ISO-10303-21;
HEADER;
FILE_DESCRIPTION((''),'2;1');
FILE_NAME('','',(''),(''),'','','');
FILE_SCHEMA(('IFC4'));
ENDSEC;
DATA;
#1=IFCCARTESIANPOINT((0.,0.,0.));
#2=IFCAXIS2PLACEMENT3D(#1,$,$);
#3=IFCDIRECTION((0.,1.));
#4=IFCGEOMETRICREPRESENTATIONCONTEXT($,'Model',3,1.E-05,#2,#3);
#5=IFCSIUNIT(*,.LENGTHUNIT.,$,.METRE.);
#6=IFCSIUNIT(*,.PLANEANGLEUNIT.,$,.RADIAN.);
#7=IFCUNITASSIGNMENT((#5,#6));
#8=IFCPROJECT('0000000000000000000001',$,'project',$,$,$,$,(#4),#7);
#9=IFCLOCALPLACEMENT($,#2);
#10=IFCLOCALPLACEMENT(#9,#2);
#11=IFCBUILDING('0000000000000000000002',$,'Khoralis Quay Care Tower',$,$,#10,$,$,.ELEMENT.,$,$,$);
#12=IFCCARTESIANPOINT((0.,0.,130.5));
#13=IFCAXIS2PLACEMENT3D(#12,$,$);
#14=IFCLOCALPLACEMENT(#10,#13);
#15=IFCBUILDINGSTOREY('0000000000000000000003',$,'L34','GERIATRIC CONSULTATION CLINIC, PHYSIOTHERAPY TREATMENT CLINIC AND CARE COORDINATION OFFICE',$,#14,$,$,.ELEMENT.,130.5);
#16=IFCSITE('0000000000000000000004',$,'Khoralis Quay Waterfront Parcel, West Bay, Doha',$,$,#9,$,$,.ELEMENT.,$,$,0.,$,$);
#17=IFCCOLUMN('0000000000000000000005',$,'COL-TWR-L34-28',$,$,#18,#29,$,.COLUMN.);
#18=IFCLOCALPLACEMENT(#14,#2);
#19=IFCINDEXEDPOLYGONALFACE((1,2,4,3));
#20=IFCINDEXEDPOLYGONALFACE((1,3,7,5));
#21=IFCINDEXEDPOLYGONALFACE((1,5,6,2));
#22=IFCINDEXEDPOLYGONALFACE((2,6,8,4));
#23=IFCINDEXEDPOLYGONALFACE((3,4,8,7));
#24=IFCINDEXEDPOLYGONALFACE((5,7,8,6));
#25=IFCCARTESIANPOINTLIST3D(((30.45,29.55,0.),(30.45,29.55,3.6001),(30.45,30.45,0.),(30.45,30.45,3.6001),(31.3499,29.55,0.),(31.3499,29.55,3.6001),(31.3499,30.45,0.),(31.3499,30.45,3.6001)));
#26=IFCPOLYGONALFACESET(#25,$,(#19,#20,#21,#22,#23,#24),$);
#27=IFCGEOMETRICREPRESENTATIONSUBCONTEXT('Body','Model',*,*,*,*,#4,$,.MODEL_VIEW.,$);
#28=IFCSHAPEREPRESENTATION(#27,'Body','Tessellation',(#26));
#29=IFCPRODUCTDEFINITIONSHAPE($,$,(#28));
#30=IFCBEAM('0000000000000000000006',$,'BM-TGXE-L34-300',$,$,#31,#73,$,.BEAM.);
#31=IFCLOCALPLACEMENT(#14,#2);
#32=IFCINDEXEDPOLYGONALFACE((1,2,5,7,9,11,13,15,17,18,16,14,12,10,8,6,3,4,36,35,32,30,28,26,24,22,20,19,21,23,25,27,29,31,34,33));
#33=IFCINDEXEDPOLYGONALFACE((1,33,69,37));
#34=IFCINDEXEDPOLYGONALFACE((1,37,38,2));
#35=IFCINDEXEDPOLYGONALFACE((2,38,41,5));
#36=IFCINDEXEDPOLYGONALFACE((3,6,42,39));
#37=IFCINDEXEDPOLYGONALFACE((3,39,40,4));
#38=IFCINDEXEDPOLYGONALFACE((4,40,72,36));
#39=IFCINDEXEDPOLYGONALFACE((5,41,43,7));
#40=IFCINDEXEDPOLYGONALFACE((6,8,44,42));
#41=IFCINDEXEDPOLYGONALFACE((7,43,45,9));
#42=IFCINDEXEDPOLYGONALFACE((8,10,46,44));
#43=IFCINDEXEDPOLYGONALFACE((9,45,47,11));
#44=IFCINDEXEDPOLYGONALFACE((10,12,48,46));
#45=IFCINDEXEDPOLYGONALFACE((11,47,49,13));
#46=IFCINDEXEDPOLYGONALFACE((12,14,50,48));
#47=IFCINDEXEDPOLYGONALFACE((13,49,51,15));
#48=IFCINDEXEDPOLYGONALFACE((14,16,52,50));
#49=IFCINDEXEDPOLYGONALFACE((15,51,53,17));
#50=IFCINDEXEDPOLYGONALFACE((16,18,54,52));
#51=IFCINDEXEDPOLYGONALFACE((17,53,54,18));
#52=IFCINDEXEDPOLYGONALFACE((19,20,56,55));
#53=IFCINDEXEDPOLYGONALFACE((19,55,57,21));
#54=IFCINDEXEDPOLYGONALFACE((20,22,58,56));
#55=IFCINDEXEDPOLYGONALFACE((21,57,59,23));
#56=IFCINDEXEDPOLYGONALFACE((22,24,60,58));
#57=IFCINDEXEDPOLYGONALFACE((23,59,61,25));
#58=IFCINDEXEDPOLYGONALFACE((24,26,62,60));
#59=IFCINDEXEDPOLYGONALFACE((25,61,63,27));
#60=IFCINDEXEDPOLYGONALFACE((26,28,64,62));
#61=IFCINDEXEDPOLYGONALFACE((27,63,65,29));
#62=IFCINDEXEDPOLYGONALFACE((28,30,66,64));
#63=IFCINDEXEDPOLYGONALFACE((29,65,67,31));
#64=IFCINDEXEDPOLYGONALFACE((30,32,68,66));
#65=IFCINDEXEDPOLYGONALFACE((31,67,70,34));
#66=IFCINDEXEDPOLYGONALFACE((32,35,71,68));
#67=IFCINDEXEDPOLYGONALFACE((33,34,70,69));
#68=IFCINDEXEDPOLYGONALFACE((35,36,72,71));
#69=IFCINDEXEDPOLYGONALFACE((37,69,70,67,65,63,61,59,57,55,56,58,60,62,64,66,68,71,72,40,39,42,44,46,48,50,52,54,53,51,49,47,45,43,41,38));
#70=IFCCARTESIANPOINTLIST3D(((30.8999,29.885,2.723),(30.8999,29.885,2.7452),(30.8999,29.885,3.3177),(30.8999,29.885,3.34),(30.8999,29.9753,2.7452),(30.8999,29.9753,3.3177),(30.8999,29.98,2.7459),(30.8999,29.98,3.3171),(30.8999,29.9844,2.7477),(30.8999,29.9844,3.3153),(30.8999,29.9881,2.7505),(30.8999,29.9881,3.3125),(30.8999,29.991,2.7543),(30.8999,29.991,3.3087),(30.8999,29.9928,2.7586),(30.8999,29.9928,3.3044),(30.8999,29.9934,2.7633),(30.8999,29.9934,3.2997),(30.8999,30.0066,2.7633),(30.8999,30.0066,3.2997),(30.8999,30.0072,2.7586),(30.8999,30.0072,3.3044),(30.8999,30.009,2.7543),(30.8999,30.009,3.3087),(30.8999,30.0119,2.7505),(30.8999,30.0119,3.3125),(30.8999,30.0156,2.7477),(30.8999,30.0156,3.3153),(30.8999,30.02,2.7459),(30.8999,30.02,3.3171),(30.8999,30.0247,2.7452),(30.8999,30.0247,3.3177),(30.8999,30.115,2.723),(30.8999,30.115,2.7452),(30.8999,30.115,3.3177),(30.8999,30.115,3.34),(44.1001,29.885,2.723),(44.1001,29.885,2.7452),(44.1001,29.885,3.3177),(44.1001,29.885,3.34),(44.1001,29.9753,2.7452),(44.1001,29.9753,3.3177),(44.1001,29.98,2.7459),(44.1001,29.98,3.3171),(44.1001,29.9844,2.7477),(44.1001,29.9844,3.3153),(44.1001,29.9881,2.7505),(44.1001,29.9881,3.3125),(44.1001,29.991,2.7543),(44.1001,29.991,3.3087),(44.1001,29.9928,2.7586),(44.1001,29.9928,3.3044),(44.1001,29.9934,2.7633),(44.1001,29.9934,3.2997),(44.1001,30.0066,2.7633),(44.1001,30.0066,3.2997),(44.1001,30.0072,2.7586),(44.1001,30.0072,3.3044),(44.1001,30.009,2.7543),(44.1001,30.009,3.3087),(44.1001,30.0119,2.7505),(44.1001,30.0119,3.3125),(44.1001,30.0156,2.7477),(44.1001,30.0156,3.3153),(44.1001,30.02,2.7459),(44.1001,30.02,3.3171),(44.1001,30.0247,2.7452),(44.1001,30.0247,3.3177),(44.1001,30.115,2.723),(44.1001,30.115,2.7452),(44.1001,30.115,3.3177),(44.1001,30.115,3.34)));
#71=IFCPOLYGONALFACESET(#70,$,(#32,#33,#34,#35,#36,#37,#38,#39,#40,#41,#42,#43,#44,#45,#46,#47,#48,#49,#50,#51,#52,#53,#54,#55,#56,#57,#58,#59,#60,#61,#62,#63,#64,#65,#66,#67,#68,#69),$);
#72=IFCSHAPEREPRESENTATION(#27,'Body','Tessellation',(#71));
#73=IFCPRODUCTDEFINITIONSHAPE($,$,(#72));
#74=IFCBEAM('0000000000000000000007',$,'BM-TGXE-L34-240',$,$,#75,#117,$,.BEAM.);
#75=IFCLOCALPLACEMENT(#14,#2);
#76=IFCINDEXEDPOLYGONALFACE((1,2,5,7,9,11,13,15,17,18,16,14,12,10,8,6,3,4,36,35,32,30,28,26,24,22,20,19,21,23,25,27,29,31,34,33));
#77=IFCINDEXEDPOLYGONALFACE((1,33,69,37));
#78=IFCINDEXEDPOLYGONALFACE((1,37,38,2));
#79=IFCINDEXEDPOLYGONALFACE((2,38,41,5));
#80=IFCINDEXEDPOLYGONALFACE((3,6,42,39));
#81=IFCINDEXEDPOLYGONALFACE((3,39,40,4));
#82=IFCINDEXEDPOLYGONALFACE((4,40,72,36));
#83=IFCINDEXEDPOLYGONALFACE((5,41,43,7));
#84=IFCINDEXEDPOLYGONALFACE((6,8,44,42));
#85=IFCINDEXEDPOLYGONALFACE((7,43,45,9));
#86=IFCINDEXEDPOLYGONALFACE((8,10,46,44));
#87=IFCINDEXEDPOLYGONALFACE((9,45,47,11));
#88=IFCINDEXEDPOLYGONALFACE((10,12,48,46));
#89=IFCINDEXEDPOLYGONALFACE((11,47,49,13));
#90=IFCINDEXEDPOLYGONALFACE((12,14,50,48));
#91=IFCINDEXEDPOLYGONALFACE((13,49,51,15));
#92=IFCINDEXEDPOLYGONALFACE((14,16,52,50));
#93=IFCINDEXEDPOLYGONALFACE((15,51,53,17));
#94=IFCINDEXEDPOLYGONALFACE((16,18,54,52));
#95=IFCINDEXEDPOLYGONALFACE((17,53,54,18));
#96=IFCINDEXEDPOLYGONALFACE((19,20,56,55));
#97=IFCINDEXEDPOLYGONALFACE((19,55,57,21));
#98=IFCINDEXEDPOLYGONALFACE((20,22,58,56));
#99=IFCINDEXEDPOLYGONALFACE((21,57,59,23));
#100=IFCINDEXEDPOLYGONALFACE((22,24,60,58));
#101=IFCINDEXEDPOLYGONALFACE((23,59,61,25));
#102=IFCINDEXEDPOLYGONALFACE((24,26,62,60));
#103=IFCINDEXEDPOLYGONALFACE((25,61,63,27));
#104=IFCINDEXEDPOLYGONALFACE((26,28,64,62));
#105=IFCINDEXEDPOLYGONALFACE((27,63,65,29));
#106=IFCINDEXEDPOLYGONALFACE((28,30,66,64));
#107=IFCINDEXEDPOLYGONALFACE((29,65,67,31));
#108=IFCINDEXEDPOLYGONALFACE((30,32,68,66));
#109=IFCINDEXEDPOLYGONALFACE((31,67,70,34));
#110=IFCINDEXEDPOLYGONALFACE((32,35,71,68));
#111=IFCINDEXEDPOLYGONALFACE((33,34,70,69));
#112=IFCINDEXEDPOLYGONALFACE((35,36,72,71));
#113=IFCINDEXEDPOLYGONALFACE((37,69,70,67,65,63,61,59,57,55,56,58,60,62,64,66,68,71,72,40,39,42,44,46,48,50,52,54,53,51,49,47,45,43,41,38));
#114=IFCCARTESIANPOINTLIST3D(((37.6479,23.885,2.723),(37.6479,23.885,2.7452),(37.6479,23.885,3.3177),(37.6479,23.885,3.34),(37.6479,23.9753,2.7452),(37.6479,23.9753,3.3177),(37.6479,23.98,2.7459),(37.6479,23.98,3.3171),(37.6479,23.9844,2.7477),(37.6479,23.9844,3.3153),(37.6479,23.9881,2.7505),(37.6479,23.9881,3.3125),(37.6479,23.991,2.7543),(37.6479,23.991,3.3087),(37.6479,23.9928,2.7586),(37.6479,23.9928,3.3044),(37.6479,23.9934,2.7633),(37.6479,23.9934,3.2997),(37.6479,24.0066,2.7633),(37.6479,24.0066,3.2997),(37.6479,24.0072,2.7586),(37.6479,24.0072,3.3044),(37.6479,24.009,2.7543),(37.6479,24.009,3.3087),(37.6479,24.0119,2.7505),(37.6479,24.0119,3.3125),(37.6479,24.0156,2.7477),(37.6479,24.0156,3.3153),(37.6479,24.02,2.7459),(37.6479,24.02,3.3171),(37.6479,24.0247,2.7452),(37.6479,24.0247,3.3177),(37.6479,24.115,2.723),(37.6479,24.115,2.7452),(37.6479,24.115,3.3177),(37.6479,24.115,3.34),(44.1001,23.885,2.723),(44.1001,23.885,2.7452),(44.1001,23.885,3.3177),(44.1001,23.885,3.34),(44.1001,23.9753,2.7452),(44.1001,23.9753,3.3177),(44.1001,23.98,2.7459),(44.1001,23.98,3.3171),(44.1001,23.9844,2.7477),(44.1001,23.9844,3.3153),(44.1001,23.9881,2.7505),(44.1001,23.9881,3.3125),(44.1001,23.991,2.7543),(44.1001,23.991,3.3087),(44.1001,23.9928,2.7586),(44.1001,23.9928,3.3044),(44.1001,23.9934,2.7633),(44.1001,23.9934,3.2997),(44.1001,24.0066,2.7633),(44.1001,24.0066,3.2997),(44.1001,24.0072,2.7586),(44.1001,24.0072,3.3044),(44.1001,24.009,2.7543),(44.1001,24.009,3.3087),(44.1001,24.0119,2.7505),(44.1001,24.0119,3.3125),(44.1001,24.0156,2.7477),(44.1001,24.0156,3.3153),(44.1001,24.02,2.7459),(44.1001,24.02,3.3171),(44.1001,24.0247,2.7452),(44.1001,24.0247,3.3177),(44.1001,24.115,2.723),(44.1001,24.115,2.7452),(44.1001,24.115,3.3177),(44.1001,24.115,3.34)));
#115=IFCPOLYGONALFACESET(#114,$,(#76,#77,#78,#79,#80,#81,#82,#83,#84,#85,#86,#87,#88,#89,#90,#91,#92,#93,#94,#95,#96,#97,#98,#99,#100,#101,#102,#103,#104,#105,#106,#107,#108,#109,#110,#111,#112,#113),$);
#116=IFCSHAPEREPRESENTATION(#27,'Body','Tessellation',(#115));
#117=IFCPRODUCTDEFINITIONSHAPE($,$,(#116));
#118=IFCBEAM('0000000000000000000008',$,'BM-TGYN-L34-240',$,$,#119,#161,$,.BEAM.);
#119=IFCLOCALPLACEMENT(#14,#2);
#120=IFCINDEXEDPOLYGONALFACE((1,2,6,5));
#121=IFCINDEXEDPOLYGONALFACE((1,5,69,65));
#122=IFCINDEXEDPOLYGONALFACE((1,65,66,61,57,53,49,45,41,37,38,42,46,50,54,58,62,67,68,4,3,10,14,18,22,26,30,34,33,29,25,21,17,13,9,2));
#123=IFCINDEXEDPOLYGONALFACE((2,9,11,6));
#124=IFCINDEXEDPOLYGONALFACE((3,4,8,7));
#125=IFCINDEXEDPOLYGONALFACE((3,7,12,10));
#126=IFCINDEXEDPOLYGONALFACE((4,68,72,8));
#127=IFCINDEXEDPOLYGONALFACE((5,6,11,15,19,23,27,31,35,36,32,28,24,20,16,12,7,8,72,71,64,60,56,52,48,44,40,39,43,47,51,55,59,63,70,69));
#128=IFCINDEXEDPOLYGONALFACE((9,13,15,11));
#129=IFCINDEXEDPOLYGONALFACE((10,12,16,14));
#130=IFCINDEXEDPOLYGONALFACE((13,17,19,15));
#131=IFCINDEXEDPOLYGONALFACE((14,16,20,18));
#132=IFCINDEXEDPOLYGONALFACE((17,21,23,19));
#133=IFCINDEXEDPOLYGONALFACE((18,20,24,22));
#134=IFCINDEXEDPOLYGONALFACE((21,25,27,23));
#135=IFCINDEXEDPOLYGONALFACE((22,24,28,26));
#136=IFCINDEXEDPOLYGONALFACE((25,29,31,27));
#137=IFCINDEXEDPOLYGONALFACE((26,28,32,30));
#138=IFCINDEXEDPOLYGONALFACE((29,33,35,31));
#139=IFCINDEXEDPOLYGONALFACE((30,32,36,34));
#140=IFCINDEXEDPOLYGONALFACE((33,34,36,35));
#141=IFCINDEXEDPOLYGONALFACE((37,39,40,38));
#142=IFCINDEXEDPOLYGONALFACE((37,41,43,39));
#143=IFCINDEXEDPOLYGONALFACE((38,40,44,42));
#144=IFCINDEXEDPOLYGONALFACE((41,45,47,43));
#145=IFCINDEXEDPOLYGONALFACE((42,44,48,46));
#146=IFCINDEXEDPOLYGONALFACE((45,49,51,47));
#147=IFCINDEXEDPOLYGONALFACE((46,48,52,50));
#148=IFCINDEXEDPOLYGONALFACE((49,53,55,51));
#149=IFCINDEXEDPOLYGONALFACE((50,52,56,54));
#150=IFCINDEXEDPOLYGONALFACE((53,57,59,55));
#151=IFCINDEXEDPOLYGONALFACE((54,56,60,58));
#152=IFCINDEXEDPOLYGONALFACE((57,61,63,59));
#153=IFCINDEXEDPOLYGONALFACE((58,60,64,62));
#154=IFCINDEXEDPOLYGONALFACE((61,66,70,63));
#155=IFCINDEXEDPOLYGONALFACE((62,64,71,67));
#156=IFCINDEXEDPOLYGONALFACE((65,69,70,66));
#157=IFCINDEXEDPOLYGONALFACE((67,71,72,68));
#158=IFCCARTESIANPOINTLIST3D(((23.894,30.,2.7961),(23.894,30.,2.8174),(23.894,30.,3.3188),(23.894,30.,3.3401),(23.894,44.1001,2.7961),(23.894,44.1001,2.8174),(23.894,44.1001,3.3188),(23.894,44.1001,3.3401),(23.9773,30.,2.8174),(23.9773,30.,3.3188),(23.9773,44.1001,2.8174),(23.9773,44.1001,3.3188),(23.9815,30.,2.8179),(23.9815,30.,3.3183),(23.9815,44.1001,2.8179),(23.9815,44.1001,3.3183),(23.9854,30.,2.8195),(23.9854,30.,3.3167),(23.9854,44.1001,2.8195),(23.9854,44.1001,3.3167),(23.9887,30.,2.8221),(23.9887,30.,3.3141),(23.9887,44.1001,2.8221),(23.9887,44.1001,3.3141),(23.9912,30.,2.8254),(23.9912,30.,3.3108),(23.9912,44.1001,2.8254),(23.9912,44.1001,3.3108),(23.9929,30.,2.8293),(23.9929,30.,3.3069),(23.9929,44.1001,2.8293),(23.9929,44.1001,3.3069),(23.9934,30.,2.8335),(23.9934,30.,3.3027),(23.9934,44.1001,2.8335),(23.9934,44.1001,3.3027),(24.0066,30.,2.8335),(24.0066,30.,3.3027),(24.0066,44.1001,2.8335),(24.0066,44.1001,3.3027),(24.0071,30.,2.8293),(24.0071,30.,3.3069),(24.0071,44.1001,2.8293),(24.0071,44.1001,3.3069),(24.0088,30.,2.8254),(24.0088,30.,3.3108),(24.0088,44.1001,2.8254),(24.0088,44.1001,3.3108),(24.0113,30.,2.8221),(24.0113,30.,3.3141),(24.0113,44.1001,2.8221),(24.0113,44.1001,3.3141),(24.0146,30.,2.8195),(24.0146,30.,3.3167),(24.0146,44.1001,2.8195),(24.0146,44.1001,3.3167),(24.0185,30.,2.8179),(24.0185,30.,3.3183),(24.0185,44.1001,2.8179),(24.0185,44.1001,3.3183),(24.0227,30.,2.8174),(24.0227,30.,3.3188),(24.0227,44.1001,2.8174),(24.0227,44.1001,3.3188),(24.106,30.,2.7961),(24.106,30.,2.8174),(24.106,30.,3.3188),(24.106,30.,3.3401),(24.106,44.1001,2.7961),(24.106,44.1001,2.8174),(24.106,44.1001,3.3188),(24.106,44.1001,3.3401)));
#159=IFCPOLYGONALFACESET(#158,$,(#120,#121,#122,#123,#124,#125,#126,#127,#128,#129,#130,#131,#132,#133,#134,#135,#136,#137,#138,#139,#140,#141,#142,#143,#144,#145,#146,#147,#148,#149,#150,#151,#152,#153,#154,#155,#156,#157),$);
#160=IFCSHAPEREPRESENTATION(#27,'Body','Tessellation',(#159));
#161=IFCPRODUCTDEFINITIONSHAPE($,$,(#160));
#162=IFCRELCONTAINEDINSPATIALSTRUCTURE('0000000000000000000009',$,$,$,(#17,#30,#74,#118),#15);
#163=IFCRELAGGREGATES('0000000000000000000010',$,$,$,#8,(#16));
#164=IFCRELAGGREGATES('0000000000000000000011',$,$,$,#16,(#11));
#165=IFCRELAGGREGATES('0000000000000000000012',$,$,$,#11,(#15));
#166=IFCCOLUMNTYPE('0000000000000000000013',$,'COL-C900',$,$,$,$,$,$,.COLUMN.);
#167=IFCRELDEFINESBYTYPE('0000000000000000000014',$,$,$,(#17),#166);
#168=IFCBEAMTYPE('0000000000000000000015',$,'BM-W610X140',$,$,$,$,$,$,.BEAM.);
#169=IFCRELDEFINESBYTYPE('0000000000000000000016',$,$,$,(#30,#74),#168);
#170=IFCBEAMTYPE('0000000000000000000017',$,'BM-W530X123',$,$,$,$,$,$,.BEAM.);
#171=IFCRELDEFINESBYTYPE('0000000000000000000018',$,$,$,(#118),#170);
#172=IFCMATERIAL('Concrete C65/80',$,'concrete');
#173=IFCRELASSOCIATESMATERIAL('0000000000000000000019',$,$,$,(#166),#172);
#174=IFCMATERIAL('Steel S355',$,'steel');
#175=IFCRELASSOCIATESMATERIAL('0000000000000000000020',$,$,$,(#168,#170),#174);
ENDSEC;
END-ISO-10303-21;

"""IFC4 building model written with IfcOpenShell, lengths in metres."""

from ifc_helpers import new_model, si_unit, direction, frame, origin, origin_2d, place, context, subcontext, project, spatial, rectangle, i_section, extrude, source, transform, mapped, material, material_profile, profile_set, type_object, element, save


model = new_model("IFC4")

# Units and contexts
model_context = context("Model", 3, precision=1e-05, world=origin(), true_north=direction((0.0, 1.0)))
body_context = subcontext(model_context, "Body", "Model", "MODEL_VIEW")
ifc_project = project(units=[si_unit("LENGTHUNIT", "METRE"), si_unit("PLANEANGLEUNIT", "RADIAN")], contexts=[model_context])

# Site, building, storey
site_placement = place(None, origin())
site = spatial("IfcSite", under=ifc_project, at=site_placement, Name="Khoralis Quay Waterfront Parcel, West Bay, Doha", CompositionType="ELEMENT", RefElevation=0.0)
building_placement = place(site_placement, origin())
building = spatial("IfcBuilding", under=site, at=building_placement, Name="Khoralis Quay Care Tower", CompositionType="ELEMENT")
storey_placement = place(building_placement, frame((0.0, 0.0, 130.5)))
storey = spatial("IfcBuildingStorey", under=building, at=storey_placement, Name="L34", Description="GERIATRIC CONSULTATION CLINIC, PHYSIOTHERAPY TREATMENT CLINIC AND CARE COORDINATION OFFICE", CompositionType="ELEMENT", Elevation=130.5)

# Column
ifc_material_1 = material(Name="Concrete C65/80", Category="concrete")
ifc_material_profile_1 = material_profile(ifc_material_1, rectangle(XDim=0.8999, YDim=0.8999, at=origin_2d()), Name="Concrete C65/80")
ifc_profile_set_1 = profile_set([ifc_material_profile_1], Name="Concrete C65/80")
column_type = type_object("IfcColumnType", Name="COL-C900", PredefinedType="COLUMN", material=ifc_profile_set_1)
shared_shape_1 = source(origin(), body_context, "Body", "SweptSolid", [
    extrude(rectangle(XDim=0.8999, YDim=0.8999, at=origin_2d()), origin(), (0.0, 0.0, 1.0), 3.6001),
])
column_placement = place(storey_placement, frame((30.8999, 30.0, 0.0), z_axis=(0.0, 0.0, 1.0), x_axis=(1.0, 0.0, 0.0)))
element("IfcColumn", 1, at=column_placement, inside=storey, type_object=column_type, Name="COL-TWR-L34-28", PredefinedType="COLUMN", context=body_context, shape_type="MappedRepresentation", body=[
    mapped(shared_shape_1, transform((0.0, 0.0, 0.0), scale=1.0)),
])

# Beams
ifc_material_2 = material(Name="Steel S355", Category="steel")
ifc_material_profile_2 = material_profile(ifc_material_2, i_section(OverallWidth=0.23, OverallDepth=0.6169, WebThickness=0.0132, FlangeThickness=0.0222, FilletRadius=0.0181, at=origin_2d()), Name="Steel S355")
ifc_profile_set_2 = profile_set([ifc_material_profile_2], Name="Steel S355")
beam_type_1 = type_object("IfcBeamType", Name="BM-W610X140", PredefinedType="BEAM", material=ifc_profile_set_2)
shared_shape_2 = source(origin(), body_context, "Body", "SweptSolid", [
    extrude(i_section(OverallWidth=0.23, OverallDepth=0.6169, WebThickness=0.0132, FlangeThickness=0.0222, FilletRadius=0.0181, at=origin_2d()), origin(), (0.0, 0.0, 1.0), 13.2002),
])
beam_1_placement = place(storey_placement, frame((30.8999, 30.0, 3.0315), z_axis=(1.0, 0.0, 0.0), x_axis=(0.0, 1.0, 0.0)))
element("IfcBeam", 2, at=beam_1_placement, inside=storey, type_object=beam_type_1, Name="BM-TGXE-L34-300", PredefinedType="BEAM", context=body_context, shape_type="MappedRepresentation", body=[
    mapped(shared_shape_2, transform((0.0, 0.0, 0.0), scale=1.0)),
])
shared_shape_3 = source(origin(), body_context, "Body", "SweptSolid", [
    extrude(i_section(OverallWidth=0.23, OverallDepth=0.6169, WebThickness=0.0132, FlangeThickness=0.0222, FilletRadius=0.0181, at=origin_2d()), origin(), (0.0, 0.0, 1.0), 6.4521),
])
beam_2_placement = place(storey_placement, frame((37.6479, 24.0, 3.0315), z_axis=(1.0, 0.0, 0.0), x_axis=(0.0, 1.0, 0.0)))
element("IfcBeam", 3, at=beam_2_placement, inside=storey, type_object=beam_type_1, Name="BM-TGXE-L34-240", PredefinedType="BEAM", context=body_context, shape_type="MappedRepresentation", body=[
    mapped(shared_shape_3, transform((0.0, 0.0, 0.0), scale=1.0)),
])
ifc_material_profile_3 = material_profile(ifc_material_2, i_section(OverallWidth=0.2119, OverallDepth=0.5439, WebThickness=0.0132, FlangeThickness=0.0212, FilletRadius=0.0161, at=origin_2d()), Name="Steel S355")
ifc_profile_set_3 = profile_set([ifc_material_profile_3], Name="Steel S355")
beam_type_2 = type_object("IfcBeamType", Name="BM-W530X123", PredefinedType="BEAM", material=ifc_profile_set_3)
shared_shape_4 = source(origin(), body_context, "Body", "SweptSolid", [
    extrude(i_section(OverallWidth=0.2119, OverallDepth=0.5439, WebThickness=0.0132, FlangeThickness=0.0212, FilletRadius=0.0161, at=origin_2d()), origin(), (0.0, 0.0, 1.0), 14.1001),
])
beam_3_placement = place(storey_placement, frame((24.0, 30.0, 3.0681), z_axis=(0.0, 1.0, 0.0), x_axis=(-1.0, 0.0, 0.0)))
element("IfcBeam", 4, at=beam_3_placement, inside=storey, type_object=beam_type_2, Name="BM-TGYN-L34-240", PredefinedType="BEAM", context=body_context, shape_type="MappedRepresentation", body=[
    mapped(shared_shape_4, transform((0.0, 0.0, 0.0), scale=1.0)),
])

save(model, "model.ifc")
